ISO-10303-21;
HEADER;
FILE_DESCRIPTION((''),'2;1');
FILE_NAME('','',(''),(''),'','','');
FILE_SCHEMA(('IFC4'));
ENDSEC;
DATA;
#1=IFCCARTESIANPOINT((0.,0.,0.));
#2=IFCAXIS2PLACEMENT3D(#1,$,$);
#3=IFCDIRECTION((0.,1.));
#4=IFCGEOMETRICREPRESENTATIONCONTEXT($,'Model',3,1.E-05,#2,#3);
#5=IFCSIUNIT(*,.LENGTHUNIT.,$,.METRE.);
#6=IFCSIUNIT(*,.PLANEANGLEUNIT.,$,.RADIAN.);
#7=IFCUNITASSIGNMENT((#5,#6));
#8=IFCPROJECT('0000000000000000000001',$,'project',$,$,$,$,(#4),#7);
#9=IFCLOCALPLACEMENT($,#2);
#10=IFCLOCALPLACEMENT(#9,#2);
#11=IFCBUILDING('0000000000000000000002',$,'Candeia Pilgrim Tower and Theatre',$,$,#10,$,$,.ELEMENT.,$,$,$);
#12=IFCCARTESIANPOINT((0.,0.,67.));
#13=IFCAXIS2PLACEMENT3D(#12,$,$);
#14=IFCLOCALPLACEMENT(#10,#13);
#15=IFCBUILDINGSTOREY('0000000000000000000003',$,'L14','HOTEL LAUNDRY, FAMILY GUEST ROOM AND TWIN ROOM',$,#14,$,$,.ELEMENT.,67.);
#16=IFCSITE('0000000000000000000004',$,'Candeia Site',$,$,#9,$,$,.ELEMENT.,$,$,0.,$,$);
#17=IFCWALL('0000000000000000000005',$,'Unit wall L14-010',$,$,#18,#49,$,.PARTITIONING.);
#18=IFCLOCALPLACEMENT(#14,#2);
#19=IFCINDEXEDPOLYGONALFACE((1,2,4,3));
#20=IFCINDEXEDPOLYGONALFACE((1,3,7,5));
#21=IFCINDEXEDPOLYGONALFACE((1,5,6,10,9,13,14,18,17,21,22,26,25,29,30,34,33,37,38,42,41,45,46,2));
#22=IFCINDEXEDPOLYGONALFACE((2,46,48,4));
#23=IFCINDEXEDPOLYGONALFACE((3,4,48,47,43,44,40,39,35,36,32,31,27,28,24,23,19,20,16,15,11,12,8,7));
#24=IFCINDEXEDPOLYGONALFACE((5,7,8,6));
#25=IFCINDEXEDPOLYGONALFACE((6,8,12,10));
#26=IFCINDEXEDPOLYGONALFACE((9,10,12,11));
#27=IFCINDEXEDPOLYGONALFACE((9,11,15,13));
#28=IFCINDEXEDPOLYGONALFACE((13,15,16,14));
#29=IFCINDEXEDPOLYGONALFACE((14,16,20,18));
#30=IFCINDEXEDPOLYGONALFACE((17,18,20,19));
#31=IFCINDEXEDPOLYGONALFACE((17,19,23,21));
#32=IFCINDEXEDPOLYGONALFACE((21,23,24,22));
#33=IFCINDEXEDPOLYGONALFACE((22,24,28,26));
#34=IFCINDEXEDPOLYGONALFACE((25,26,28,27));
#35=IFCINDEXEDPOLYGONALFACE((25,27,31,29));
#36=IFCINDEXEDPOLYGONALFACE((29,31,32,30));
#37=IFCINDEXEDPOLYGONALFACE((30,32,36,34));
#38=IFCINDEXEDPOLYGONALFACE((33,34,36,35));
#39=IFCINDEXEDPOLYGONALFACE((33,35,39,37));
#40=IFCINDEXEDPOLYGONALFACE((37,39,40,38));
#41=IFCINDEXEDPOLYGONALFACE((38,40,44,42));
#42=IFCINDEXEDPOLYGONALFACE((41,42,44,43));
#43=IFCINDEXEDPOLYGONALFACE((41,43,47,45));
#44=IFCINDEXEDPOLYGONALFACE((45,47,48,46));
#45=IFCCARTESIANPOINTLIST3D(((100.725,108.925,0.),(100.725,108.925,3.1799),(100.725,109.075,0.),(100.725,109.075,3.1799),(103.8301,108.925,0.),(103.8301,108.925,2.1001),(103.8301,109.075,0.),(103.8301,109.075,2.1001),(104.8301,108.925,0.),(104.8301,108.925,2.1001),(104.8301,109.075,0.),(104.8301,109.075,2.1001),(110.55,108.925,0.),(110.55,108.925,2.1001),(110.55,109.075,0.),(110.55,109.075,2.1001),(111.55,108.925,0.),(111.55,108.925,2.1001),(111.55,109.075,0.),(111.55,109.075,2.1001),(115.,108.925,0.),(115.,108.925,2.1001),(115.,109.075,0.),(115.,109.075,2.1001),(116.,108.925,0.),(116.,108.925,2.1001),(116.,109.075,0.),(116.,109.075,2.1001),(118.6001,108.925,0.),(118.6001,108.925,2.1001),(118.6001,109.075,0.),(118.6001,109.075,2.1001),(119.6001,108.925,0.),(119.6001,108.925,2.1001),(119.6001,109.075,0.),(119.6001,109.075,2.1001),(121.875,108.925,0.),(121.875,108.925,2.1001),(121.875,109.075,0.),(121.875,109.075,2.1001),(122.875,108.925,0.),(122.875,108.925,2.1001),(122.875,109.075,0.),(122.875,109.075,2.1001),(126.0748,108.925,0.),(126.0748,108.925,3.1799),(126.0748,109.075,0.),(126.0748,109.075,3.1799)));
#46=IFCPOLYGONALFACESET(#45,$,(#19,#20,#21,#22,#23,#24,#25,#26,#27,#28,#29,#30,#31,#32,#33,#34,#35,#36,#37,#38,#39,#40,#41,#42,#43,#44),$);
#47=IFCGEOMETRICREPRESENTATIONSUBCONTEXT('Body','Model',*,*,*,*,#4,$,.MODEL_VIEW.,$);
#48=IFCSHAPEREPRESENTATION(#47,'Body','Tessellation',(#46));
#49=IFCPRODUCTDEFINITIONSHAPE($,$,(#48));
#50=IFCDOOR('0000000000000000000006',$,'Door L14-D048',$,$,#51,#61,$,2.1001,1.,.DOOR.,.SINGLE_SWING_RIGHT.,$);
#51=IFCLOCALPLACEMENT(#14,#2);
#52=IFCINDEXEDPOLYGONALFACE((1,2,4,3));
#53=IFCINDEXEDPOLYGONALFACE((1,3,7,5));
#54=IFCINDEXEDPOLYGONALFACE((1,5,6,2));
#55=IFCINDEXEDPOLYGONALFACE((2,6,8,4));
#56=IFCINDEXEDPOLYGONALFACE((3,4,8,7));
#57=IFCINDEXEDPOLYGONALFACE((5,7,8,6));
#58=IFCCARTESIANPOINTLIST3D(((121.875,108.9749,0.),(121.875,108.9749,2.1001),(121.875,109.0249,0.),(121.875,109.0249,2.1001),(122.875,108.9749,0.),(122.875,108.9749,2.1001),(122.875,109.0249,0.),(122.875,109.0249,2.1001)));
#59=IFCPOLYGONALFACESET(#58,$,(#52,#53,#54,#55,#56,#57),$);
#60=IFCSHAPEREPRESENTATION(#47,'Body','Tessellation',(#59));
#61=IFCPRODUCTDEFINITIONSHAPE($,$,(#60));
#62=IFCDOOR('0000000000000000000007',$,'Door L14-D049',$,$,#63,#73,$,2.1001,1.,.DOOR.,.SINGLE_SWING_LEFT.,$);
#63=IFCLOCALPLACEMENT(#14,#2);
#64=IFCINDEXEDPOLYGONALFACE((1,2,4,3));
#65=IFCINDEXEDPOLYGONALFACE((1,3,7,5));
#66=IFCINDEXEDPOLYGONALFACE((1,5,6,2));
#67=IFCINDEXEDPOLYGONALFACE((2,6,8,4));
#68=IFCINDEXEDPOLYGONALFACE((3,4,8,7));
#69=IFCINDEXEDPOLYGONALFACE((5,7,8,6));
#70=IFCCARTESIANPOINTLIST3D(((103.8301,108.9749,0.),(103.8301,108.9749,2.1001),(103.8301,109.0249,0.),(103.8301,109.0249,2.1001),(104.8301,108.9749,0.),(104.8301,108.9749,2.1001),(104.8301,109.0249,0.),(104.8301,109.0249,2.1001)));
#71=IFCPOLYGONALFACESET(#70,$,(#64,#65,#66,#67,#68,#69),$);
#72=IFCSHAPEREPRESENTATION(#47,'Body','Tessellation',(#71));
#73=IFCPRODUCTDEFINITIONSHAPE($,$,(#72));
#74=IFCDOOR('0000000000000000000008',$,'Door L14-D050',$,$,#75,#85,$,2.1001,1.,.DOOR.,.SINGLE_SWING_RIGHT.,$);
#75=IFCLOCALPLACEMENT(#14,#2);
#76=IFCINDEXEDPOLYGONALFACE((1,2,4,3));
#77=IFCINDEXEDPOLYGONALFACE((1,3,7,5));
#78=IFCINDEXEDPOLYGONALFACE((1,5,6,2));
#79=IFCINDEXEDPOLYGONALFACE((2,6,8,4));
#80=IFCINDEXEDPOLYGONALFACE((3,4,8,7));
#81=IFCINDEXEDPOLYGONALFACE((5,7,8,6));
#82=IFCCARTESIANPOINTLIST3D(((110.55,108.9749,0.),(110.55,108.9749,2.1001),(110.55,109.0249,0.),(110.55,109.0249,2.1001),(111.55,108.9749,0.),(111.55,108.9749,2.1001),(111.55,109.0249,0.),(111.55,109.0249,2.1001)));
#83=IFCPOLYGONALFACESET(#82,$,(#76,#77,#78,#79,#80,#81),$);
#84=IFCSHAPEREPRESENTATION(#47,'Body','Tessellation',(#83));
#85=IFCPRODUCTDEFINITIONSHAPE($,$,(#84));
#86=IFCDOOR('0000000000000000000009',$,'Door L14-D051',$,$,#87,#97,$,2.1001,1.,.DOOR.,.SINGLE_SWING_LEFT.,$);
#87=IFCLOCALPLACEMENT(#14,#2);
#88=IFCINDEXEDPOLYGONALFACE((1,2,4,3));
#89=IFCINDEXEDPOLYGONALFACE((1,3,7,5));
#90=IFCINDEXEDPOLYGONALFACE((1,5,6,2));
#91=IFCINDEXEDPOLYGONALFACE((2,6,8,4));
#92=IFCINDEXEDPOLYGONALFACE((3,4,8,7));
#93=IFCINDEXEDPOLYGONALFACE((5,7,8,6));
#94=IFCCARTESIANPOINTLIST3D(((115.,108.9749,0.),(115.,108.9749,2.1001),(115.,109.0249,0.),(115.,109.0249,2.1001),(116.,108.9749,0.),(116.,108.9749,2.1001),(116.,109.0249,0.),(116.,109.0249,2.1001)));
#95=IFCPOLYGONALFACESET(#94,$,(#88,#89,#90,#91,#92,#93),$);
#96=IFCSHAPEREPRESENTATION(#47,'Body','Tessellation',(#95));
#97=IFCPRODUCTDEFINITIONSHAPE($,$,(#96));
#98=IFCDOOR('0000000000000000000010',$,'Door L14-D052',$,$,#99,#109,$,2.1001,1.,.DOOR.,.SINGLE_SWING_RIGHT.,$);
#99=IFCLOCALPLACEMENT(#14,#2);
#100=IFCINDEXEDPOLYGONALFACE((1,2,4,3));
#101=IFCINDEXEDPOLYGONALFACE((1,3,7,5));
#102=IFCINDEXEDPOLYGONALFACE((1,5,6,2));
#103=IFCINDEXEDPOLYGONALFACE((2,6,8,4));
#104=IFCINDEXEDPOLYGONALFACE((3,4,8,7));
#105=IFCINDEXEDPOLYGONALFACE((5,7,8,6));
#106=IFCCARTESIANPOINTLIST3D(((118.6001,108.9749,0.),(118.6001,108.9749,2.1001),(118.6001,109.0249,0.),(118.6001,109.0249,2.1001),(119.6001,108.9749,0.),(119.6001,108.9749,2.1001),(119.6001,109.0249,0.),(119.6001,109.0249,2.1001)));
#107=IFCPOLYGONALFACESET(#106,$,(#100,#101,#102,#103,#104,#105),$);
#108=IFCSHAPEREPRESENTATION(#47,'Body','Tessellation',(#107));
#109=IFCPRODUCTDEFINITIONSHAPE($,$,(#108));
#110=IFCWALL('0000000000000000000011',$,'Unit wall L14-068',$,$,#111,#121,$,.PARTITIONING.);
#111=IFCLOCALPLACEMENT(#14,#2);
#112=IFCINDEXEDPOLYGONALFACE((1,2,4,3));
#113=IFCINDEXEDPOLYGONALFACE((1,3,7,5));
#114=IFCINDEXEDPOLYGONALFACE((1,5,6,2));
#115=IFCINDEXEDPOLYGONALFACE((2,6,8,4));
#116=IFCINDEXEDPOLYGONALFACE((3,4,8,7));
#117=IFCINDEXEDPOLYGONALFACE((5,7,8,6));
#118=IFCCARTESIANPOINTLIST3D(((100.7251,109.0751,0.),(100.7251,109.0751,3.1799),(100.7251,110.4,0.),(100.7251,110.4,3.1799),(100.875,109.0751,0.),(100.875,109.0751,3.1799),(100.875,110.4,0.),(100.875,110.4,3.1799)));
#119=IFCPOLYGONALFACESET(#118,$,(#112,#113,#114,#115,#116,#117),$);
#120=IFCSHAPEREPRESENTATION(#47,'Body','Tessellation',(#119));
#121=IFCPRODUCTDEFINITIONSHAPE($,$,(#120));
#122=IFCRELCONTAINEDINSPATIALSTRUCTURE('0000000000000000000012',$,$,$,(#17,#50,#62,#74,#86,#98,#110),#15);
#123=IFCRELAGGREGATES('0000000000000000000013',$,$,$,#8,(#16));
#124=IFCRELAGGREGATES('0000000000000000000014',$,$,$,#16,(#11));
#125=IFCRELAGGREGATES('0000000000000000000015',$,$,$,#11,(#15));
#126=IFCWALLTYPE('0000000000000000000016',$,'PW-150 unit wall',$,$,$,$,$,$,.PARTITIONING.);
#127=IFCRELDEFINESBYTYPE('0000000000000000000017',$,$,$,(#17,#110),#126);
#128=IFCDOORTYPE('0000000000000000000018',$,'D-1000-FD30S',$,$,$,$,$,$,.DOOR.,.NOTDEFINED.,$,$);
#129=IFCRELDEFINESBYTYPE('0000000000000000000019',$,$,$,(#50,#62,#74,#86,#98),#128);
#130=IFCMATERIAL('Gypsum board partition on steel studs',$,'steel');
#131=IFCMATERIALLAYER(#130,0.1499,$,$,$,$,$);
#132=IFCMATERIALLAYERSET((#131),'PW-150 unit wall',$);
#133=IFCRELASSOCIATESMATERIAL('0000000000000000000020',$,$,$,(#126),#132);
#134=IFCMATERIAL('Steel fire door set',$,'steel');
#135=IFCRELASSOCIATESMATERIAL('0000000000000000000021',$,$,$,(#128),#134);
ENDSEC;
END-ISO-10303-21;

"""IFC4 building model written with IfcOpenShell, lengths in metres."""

from ifc_helpers import new_model, si_unit, direction, frame, frame_2d, origin, place, context, subcontext, project, spatial, rectangle, extrude, material, layer, layer_set, type_object, element, fill, save


model = new_model("IFC4")

# Units and contexts
model_context = context("Model", 3, precision=1e-05, world=origin(), true_north=direction((0.0, 1.0)))
body_context = subcontext(model_context, "Body", "Model", "MODEL_VIEW")
ifc_project = project(units=[si_unit("LENGTHUNIT", "METRE"), si_unit("PLANEANGLEUNIT", "RADIAN")], contexts=[model_context])

# Site, building, storey
site_placement = place(None, origin())
site = spatial("IfcSite", under=ifc_project, at=site_placement, Name="Candeia Site", CompositionType="ELEMENT", RefElevation=0.0)
building_placement = place(site_placement, origin())
building = spatial("IfcBuilding", under=site, at=building_placement, Name="Candeia Pilgrim Tower and Theatre", CompositionType="ELEMENT")
storey_placement = place(building_placement, frame((0.0, 0.0, 67.0)))
storey = spatial("IfcBuildingStorey", under=building, at=storey_placement, Name="L14", Description="HOTEL LAUNDRY, FAMILY GUEST ROOM AND TWIN ROOM", CompositionType="ELEMENT", Elevation=67.0)

# Shared definitions
ifc_material_1 = material(Name="Steel fire door set", Category="steel")

# Shared definitions
ifc_material_2 = material(Name="Gypsum board partition on steel studs", Category="steel")

# Wall, openings, doors
ifc_layer_1 = layer(ifc_material_2, 0.1499)
ifc_layer_set_1 = layer_set([ifc_layer_1], Name="PW-150 unit wall")
wall_type_1 = type_object("IfcWallType", Name="PW-150 unit wall", PredefinedType="PARTITIONING", material=ifc_layer_set_1)
wall_1_placement = place(storey_placement, frame((100.7251, 109.0, 0.0), z_axis=(0.0, 0.0, 1.0), x_axis=(1.0, 0.0, 0.0)))
wall_1 = element("IfcWall", 1, at=wall_1_placement, inside=storey, type_object=wall_type_1, Name="Unit wall L14-010", PredefinedType="PARTITIONING", context=body_context, shape_type="SweptSolid", body=[
    extrude(rectangle(XDim=25.3499, YDim=0.1499, at=frame_2d((12.6748, 0.0))), origin(), (0.0, 0.0, 1.0), 3.1799),
])
opening_1_placement = place(wall_1_placement, frame((21.1499, 0.0, 0.0)))
opening_1 = element("IfcOpeningElement", 2, at=opening_1_placement, cuts=wall_1, PredefinedType="OPENING", context=body_context, shape_type="SweptSolid", body=[
    extrude(rectangle(XDim=1.0, YDim=2.1001, at=frame_2d((0.5, 1.05))), frame((0.0, 0.085, 0.0), z_axis=(0.0, -1.0, 0.0), x_axis=(1.0, 0.0, 0.0)), (0.0, 0.0, 1.0), 0.1699),
])
opening_2_placement = place(wall_1_placement, frame((3.105, 0.0, 0.0)))
opening_2 = element("IfcOpeningElement", 3, at=opening_2_placement, cuts=wall_1, PredefinedType="OPENING", context=body_context, shape_type="SweptSolid", body=[
    extrude(rectangle(XDim=1.0, YDim=2.1001, at=frame_2d((0.5, 1.05))), frame((0.0, 0.085, 0.0), z_axis=(0.0, -1.0, 0.0), x_axis=(1.0, 0.0, 0.0)), (0.0, 0.0, 1.0), 0.1699),
])
opening_3_placement = place(wall_1_placement, frame((9.825, 0.0, 0.0)))
opening_3 = element("IfcOpeningElement", 4, at=opening_3_placement, cuts=wall_1, PredefinedType="OPENING", context=body_context, shape_type="SweptSolid", body=[
    extrude(rectangle(XDim=1.0, YDim=2.1001, at=frame_2d((0.5, 1.05))), frame((0.0, 0.085, 0.0), z_axis=(0.0, -1.0, 0.0), x_axis=(1.0, 0.0, 0.0)), (0.0, 0.0, 1.0), 0.1699),
])
opening_4_placement = place(wall_1_placement, frame((14.2749, 0.0, 0.0)))
opening_4 = element("IfcOpeningElement", 5, at=opening_4_placement, cuts=wall_1, PredefinedType="OPENING", context=body_context, shape_type="SweptSolid", body=[
    extrude(rectangle(XDim=1.0, YDim=2.1001, at=frame_2d((0.5, 1.05))), frame((0.0, 0.085, 0.0), z_axis=(0.0, -1.0, 0.0), x_axis=(1.0, 0.0, 0.0)), (0.0, 0.0, 1.0), 0.1699),
])
opening_5_placement = place(wall_1_placement, frame((17.875, 0.0, 0.0)))
opening_5 = element("IfcOpeningElement", 6, at=opening_5_placement, cuts=wall_1, PredefinedType="OPENING", context=body_context, shape_type="SweptSolid", body=[
    extrude(rectangle(XDim=1.0, YDim=2.1001, at=frame_2d((0.5, 1.05))), frame((0.0, 0.085, 0.0), z_axis=(0.0, -1.0, 0.0), x_axis=(1.0, 0.0, 0.0)), (0.0, 0.0, 1.0), 0.1699),
])
door_type_1 = type_object("IfcDoorType", Name="D-1000-FD30S", OperationType="NOTDEFINED", PredefinedType="DOOR", material=ifc_material_1)
door_1_placement = place(opening_1_placement, origin())
door_1 = element("IfcDoor", 7, at=door_1_placement, inside=storey, type_object=door_type_1, Name="Door L14-D048", OperationType="SINGLE_SWING_RIGHT", OverallHeight=2.1001, OverallWidth=1.0, PredefinedType="DOOR", context=body_context, shape_type="SweptSolid", body=[
    extrude(rectangle(XDim=1.0, YDim=2.1001, at=frame_2d((0.5, 1.05))), frame((0.0, 0.0249, 0.0), z_axis=(0.0, -1.0, 0.0), x_axis=(1.0, 0.0, 0.0)), (0.0, 0.0, 1.0), 0.05),
])
fill(opening_1, door_1)
door_2_placement = place(opening_2_placement, origin())
door_2 = element("IfcDoor", 8, at=door_2_placement, inside=storey, type_object=door_type_1, Name="Door L14-D049", OperationType="SINGLE_SWING_LEFT", OverallHeight=2.1001, OverallWidth=1.0, PredefinedType="DOOR", context=body_context, shape_type="SweptSolid", body=[
    extrude(rectangle(XDim=1.0, YDim=2.1001, at=frame_2d((0.5, 1.05))), frame((0.0, 0.0249, 0.0), z_axis=(0.0, -1.0, 0.0), x_axis=(1.0, 0.0, 0.0)), (0.0, 0.0, 1.0), 0.05),
])
fill(opening_2, door_2)
door_3_placement = place(opening_3_placement, origin())
door_3 = element("IfcDoor", 9, at=door_3_placement, inside=storey, type_object=door_type_1, Name="Door L14-D050", OperationType="SINGLE_SWING_RIGHT", OverallHeight=2.1001, OverallWidth=1.0, PredefinedType="DOOR", context=body_context, shape_type="SweptSolid", body=[
    extrude(rectangle(XDim=1.0, YDim=2.1001, at=frame_2d((0.5, 1.05))), frame((0.0, 0.0249, 0.0), z_axis=(0.0, -1.0, 0.0), x_axis=(1.0, 0.0, 0.0)), (0.0, 0.0, 1.0), 0.05),
])
fill(opening_3, door_3)
door_4_placement = place(opening_4_placement, origin())
door_4 = element("IfcDoor", 10, at=door_4_placement, inside=storey, type_object=door_type_1, Name="Door L14-D051", OperationType="SINGLE_SWING_LEFT", OverallHeight=2.1001, OverallWidth=1.0, PredefinedType="DOOR", context=body_context, shape_type="SweptSolid", body=[
    extrude(rectangle(XDim=1.0, YDim=2.1001, at=frame_2d((0.5, 1.05))), frame((0.0, 0.0249, 0.0), z_axis=(0.0, -1.0, 0.0), x_axis=(1.0, 0.0, 0.0)), (0.0, 0.0, 1.0), 0.05),
])
fill(opening_4, door_4)
door_5_placement = place(opening_5_placement, origin())
door_5 = element("IfcDoor", 11, at=door_5_placement, inside=storey, type_object=door_type_1, Name="Door L14-D052", OperationType="SINGLE_SWING_RIGHT", OverallHeight=2.1001, OverallWidth=1.0, PredefinedType="DOOR", context=body_context, shape_type="SweptSolid", body=[
    extrude(rectangle(XDim=1.0, YDim=2.1001, at=frame_2d((0.5, 1.05))), frame((0.0, 0.0249, 0.0), z_axis=(0.0, -1.0, 0.0), x_axis=(1.0, 0.0, 0.0)), (0.0, 0.0, 1.0), 0.05),
])
fill(opening_5, door_5)

# Wall
wall_2_placement = place(storey_placement, frame((100.8, 109.075, 0.0), z_axis=(0.0, 0.0, 1.0), x_axis=(0.0, 1.0, 0.0)))
element("IfcWall", 12, at=wall_2_placement, inside=storey, type_object=wall_type_1, Name="Unit wall L14-068", PredefinedType="PARTITIONING", context=body_context, shape_type="SweptSolid", body=[
    extrude(rectangle(XDim=1.325, YDim=0.1499, at=frame_2d((0.6626, 0.0))), origin(), (0.0, 0.0, 1.0), 3.1799),
])

save(model, "model.ifc")
